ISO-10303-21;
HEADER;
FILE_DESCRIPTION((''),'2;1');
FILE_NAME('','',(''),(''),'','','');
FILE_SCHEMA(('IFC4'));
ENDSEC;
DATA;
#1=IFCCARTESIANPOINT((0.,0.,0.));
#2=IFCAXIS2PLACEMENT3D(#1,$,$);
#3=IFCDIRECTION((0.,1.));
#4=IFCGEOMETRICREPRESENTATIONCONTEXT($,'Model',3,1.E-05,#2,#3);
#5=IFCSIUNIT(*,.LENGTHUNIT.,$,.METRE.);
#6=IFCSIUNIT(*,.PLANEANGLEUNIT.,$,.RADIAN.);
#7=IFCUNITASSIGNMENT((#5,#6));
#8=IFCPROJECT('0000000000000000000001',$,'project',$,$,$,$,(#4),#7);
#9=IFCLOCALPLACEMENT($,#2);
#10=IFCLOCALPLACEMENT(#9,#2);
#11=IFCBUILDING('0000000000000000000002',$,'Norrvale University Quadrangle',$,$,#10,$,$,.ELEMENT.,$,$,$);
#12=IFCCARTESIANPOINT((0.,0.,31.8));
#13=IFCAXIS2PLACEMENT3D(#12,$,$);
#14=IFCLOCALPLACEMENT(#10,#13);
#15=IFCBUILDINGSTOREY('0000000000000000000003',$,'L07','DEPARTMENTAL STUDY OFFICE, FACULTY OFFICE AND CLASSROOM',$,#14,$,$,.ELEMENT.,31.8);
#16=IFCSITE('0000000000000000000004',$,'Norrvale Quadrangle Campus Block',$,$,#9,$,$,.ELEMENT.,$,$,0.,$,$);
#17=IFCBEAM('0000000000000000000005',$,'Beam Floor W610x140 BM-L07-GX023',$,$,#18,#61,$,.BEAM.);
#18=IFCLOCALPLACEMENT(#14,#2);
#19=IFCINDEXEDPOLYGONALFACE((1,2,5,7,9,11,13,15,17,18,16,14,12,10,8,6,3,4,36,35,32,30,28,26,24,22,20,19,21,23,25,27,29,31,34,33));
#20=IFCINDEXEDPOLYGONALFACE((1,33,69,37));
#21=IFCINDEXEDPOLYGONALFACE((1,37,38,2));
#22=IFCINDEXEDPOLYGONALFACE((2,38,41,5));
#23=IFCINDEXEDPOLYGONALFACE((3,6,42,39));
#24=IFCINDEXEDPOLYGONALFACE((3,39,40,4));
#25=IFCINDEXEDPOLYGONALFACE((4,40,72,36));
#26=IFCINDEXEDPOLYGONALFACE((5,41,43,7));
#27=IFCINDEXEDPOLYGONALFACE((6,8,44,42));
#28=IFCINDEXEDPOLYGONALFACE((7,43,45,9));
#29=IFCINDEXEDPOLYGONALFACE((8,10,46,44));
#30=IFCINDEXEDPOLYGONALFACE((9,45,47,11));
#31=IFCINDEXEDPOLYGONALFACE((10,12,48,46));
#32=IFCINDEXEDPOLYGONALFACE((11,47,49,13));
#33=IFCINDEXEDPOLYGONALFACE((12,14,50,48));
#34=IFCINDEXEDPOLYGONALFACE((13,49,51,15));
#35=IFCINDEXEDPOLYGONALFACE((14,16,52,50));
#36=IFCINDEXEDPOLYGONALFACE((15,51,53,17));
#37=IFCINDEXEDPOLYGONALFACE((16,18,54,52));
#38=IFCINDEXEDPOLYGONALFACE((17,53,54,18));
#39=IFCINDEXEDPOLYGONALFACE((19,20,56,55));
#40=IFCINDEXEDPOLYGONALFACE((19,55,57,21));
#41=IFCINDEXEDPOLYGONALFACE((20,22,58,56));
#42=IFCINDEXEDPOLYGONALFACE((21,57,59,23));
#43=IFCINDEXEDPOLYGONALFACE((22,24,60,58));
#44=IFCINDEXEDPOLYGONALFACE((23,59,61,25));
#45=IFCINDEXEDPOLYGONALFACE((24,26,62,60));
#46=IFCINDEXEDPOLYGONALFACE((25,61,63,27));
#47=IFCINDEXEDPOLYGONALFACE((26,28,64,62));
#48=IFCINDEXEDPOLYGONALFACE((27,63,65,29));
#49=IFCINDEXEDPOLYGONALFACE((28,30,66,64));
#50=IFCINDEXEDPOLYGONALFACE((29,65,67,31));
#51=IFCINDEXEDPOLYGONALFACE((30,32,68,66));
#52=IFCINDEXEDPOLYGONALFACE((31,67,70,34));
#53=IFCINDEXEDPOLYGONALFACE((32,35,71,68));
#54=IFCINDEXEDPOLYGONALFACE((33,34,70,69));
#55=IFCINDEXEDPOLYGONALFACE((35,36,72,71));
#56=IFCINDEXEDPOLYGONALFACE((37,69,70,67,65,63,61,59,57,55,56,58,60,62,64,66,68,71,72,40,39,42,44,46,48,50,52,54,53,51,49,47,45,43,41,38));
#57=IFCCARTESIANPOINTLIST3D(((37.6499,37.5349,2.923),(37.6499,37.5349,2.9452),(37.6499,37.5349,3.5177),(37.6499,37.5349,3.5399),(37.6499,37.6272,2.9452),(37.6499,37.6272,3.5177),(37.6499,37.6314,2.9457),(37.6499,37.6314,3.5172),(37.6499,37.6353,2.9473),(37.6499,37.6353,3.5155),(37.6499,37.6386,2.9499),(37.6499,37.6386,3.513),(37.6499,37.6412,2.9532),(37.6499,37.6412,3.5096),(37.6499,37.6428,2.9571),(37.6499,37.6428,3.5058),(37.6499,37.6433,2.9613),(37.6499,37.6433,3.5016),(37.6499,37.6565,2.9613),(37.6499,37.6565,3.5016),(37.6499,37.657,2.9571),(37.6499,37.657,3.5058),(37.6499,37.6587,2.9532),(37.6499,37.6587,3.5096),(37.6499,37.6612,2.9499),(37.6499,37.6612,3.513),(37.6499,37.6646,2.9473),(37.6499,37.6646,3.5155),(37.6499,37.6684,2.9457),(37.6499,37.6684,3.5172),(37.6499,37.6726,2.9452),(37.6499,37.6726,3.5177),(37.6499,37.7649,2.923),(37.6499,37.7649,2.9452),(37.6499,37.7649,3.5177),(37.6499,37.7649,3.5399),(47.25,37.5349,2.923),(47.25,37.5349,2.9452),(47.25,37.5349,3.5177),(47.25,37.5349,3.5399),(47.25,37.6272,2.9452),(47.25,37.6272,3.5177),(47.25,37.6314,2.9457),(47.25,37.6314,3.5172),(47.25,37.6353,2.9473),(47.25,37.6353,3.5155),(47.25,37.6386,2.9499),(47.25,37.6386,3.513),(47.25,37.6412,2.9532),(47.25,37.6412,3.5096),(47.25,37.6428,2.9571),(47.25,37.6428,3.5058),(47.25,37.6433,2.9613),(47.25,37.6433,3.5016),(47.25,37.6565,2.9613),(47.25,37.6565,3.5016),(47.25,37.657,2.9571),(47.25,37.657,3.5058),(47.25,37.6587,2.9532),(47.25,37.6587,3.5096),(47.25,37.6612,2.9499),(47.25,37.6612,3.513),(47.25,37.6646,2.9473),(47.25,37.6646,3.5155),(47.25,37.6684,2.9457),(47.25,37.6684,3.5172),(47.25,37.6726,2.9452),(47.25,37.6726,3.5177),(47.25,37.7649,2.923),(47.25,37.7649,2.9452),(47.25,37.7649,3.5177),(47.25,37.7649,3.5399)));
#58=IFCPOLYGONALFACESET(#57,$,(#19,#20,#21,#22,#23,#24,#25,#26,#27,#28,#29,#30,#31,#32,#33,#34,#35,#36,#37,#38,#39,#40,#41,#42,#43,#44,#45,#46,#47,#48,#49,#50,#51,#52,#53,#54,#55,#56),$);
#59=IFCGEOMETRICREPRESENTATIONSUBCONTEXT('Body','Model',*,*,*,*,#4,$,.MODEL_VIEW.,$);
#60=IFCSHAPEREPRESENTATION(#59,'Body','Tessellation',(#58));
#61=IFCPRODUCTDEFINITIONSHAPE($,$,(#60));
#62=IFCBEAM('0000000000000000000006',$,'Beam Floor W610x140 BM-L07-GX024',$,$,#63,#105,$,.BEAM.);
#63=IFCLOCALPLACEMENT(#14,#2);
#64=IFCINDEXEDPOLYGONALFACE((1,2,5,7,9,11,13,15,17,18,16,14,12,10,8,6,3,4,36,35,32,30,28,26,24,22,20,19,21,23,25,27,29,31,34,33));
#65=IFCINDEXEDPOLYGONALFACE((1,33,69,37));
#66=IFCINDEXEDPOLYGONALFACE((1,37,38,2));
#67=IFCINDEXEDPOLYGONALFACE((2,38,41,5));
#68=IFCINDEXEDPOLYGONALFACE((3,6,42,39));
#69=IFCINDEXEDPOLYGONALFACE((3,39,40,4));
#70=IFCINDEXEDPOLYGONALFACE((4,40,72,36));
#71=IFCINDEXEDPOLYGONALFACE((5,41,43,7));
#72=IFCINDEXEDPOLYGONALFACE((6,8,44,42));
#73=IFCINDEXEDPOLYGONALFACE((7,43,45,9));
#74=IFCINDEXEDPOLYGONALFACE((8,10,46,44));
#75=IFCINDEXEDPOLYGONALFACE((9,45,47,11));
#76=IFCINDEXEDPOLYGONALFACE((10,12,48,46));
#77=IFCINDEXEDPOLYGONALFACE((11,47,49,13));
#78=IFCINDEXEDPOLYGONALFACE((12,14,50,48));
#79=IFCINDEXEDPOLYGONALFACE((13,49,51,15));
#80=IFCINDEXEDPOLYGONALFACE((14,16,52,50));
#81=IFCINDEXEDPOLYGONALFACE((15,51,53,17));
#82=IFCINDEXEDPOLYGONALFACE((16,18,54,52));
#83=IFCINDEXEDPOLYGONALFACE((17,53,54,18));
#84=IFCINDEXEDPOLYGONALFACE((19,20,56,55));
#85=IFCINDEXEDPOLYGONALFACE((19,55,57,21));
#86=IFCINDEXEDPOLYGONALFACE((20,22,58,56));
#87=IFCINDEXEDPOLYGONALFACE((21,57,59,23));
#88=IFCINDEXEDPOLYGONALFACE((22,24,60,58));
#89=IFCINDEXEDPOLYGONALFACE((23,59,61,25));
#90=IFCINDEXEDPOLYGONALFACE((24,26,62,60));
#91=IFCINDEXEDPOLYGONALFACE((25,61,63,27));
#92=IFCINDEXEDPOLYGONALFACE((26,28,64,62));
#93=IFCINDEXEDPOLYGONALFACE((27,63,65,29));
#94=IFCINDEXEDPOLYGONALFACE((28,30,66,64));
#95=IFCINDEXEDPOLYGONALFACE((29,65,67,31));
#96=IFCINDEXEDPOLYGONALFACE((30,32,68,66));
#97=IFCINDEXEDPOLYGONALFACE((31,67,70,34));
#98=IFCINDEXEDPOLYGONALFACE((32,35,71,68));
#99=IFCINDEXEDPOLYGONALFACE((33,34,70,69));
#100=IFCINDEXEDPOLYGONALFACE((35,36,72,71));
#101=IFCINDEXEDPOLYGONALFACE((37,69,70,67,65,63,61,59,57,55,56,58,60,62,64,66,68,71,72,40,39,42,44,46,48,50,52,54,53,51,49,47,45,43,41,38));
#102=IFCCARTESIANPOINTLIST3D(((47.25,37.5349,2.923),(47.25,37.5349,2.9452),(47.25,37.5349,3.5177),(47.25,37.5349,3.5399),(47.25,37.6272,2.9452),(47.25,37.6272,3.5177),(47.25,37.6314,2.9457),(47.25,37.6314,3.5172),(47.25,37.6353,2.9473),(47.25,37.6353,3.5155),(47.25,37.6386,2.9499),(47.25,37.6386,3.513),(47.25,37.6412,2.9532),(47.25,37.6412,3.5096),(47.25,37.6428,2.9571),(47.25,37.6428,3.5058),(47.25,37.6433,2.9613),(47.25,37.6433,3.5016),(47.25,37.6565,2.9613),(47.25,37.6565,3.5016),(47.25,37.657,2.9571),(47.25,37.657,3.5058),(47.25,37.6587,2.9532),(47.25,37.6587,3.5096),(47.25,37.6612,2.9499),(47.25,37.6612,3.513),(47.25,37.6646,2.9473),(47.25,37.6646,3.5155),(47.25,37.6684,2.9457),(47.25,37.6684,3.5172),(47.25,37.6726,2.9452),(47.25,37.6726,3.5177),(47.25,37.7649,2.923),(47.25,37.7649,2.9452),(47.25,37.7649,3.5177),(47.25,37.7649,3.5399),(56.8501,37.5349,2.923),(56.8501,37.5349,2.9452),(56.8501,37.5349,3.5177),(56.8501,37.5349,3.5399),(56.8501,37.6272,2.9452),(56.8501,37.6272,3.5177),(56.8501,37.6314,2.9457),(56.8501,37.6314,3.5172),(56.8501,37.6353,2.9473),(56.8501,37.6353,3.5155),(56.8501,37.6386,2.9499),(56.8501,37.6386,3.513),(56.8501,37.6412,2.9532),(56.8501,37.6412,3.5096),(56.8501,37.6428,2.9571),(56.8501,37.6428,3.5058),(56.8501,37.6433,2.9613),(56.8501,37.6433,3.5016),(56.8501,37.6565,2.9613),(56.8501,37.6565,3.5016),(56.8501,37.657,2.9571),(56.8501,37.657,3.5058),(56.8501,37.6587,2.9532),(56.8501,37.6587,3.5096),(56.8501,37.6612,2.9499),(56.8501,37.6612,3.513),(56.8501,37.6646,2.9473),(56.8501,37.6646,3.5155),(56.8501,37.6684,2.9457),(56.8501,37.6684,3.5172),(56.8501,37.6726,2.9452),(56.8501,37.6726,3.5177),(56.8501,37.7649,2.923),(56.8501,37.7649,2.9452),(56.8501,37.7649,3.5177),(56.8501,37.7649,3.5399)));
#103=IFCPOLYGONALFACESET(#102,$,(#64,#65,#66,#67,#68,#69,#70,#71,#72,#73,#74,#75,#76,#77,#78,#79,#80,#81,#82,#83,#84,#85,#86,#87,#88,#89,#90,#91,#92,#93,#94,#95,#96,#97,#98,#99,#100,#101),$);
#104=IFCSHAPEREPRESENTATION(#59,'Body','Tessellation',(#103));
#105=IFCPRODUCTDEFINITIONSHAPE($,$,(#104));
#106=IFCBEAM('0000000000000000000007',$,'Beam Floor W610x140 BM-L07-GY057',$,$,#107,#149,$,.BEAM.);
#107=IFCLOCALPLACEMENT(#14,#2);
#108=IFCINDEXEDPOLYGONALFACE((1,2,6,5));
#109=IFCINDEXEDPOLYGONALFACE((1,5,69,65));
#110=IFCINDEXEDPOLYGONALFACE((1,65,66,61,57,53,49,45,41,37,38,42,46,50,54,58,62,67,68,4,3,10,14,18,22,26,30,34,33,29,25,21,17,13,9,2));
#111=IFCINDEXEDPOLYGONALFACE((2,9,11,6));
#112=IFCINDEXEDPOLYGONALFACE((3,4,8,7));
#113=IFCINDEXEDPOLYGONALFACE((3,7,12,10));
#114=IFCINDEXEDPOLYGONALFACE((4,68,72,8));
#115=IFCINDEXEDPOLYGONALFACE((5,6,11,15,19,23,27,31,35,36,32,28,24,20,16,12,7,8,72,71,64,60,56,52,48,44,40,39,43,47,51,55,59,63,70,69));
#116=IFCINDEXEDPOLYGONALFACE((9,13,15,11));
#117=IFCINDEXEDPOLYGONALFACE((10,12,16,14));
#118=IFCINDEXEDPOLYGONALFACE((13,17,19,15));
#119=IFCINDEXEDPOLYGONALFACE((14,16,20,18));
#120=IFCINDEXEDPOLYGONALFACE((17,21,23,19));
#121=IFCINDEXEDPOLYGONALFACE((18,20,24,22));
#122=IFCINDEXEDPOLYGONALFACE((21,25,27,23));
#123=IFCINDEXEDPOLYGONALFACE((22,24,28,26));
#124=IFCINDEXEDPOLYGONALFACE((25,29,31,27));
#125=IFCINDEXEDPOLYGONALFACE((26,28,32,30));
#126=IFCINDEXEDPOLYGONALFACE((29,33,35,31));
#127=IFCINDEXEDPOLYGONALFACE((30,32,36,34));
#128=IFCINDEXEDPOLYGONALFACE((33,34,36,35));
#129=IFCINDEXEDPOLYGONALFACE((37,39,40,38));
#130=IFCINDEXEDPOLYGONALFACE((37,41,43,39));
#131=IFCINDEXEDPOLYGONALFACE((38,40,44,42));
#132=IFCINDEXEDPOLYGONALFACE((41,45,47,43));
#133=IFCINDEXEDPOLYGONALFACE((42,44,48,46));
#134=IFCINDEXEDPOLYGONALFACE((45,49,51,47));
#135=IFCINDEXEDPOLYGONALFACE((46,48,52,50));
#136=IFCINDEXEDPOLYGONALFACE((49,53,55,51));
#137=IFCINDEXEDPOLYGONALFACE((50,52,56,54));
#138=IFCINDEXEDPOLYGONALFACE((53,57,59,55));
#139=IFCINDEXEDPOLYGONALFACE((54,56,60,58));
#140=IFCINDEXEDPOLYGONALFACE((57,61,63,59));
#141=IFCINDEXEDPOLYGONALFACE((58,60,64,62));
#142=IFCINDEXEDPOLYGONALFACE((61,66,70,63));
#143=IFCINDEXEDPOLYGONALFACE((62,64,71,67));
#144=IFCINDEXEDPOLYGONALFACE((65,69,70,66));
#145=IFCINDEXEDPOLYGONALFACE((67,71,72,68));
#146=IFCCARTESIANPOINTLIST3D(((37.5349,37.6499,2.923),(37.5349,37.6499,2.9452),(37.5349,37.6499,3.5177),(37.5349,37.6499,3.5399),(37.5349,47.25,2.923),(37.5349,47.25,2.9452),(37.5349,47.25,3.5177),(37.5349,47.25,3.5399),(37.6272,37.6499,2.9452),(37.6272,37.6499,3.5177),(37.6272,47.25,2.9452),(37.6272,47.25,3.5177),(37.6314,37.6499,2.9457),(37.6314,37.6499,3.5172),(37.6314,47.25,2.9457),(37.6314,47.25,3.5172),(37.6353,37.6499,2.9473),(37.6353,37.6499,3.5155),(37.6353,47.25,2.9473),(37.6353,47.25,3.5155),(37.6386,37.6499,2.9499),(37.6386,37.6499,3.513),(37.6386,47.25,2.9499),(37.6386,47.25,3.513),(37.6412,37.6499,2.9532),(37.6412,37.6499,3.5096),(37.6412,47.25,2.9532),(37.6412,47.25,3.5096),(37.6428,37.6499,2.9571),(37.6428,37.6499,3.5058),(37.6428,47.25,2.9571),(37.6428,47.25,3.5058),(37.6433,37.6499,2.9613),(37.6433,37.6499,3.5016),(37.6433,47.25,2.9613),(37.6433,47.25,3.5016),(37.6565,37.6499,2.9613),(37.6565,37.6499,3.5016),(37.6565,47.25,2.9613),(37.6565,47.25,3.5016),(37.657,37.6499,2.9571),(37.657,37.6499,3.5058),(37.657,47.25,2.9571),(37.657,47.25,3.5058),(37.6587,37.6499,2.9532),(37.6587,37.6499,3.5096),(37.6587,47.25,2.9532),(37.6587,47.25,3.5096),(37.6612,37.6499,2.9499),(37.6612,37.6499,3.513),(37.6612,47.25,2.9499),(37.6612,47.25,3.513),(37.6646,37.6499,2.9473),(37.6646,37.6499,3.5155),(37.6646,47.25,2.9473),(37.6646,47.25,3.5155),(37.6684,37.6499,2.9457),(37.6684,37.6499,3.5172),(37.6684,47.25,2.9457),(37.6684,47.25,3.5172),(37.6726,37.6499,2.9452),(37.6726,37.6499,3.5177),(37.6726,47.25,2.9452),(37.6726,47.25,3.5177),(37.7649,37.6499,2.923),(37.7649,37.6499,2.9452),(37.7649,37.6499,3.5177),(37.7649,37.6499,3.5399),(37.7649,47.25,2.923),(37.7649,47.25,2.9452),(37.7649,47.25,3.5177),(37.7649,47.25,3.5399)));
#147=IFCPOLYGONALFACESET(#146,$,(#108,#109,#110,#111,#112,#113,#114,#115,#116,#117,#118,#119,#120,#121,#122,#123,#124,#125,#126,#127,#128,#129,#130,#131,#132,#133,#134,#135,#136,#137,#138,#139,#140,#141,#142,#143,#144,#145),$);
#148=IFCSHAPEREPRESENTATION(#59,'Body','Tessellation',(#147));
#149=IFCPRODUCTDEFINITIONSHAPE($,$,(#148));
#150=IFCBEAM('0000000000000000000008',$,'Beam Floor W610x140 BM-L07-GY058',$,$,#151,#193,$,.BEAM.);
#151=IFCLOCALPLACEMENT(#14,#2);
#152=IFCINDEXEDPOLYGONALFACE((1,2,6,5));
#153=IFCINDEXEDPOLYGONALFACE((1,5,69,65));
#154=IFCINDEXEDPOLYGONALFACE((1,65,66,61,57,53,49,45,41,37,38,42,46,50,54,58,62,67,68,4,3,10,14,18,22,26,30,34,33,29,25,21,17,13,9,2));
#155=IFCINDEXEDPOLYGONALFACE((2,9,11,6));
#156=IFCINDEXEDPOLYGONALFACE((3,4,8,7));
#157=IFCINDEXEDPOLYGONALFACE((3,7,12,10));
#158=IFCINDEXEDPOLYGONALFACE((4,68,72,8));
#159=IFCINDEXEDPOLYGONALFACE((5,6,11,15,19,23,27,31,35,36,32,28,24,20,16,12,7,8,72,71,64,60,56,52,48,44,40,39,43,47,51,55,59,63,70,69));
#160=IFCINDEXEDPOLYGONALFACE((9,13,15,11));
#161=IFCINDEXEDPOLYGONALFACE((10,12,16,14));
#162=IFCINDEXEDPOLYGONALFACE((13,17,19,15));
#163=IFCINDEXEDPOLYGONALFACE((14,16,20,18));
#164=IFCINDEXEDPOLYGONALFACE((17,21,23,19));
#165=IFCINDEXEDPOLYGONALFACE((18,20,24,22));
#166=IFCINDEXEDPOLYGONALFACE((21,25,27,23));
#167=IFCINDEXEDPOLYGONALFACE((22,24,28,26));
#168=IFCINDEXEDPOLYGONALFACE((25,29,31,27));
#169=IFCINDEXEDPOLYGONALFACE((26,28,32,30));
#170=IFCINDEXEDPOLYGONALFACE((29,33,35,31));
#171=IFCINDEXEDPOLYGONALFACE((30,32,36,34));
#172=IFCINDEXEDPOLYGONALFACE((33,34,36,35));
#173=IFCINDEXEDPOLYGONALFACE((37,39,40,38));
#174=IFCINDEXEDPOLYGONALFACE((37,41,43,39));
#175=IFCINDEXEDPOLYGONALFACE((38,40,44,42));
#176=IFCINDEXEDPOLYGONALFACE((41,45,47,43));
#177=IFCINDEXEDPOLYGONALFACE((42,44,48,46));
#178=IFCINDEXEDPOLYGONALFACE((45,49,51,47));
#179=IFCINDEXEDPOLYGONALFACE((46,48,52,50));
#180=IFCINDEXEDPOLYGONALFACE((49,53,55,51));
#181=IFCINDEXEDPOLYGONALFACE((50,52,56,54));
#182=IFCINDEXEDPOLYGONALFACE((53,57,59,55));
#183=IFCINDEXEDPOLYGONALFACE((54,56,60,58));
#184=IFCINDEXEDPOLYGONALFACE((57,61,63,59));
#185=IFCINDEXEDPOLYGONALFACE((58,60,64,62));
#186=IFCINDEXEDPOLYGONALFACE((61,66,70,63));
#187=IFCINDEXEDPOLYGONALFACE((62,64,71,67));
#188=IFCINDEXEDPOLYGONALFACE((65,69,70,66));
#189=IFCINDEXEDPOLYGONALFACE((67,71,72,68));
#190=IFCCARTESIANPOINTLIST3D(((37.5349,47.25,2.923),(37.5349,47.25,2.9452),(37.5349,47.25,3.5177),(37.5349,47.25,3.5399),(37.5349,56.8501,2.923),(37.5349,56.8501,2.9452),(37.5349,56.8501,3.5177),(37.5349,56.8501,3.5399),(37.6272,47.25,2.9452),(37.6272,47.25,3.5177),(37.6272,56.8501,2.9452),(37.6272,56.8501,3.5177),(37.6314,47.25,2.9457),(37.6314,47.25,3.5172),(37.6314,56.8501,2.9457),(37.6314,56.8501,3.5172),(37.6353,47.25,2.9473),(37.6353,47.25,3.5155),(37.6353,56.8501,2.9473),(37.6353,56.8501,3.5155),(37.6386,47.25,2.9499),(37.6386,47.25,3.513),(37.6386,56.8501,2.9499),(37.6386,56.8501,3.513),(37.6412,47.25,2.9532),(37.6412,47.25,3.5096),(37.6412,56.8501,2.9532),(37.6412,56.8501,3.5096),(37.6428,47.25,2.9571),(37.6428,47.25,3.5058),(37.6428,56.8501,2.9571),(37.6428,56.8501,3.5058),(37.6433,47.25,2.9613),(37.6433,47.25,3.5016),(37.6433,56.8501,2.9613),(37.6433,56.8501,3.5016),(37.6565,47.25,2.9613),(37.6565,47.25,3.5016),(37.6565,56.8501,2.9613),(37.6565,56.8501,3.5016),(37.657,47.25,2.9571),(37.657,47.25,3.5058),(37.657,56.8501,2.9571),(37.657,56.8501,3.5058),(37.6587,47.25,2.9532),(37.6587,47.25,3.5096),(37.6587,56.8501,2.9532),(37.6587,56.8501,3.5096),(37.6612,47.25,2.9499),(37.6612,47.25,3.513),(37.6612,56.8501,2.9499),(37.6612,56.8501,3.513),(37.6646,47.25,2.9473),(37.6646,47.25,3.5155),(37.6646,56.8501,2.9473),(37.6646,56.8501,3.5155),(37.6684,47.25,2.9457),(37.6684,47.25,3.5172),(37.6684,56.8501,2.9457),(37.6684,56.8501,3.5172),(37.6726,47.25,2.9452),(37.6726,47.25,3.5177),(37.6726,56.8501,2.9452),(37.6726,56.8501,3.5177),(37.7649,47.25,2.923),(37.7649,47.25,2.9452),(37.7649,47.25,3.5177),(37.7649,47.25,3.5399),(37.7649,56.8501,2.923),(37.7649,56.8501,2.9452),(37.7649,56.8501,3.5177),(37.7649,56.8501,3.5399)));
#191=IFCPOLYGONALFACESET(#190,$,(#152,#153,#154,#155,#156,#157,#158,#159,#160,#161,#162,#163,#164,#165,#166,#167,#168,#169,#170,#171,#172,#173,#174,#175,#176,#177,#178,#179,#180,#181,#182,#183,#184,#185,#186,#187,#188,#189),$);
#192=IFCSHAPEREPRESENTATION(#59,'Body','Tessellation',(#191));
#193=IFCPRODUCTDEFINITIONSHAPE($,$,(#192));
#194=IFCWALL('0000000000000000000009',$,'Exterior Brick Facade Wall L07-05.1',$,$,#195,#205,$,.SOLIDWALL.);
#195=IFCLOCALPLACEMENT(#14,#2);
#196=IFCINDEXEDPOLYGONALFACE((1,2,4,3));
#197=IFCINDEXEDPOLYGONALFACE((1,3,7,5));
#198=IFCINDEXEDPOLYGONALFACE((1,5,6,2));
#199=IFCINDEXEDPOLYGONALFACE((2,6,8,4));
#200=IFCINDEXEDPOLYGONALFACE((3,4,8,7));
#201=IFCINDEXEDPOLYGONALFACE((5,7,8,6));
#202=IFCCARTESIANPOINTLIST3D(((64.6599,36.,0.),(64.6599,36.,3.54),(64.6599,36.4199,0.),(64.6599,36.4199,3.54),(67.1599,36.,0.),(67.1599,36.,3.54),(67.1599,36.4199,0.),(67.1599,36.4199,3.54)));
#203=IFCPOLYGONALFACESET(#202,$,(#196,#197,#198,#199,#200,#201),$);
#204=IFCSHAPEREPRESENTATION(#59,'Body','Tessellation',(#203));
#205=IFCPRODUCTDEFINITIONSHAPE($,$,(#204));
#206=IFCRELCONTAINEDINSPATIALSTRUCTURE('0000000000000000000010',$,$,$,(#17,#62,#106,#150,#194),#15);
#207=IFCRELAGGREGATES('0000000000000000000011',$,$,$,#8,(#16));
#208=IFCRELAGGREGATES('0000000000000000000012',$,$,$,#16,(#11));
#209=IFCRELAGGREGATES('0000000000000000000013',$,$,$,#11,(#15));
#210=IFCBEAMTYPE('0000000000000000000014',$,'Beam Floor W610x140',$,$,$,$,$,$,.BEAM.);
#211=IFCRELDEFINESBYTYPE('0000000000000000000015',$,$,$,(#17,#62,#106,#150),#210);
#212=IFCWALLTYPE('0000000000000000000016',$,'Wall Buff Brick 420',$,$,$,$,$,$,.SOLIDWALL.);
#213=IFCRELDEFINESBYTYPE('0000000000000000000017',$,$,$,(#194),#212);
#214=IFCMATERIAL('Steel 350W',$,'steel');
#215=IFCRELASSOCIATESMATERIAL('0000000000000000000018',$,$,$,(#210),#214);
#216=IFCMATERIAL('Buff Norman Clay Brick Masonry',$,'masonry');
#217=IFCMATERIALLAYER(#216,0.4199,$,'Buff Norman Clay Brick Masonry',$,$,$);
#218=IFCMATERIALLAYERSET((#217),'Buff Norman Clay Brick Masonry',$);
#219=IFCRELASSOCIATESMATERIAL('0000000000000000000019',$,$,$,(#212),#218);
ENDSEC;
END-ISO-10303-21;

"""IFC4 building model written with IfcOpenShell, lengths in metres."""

from ifc_helpers import new_model, si_unit, direction, frame, frame_2d, origin, origin_2d, place, context, subcontext, project, spatial, rectangle, i_section, extrude, material, layer, layer_set, material_profile, profile_set, type_object, element, save


model = new_model("IFC4")

# Units and contexts
model_context = context("Model", 3, precision=1e-05, world=origin(), true_north=direction((0.0, 1.0)))
body_context = subcontext(model_context, "Body", "Model", "MODEL_VIEW")
ifc_project = project(units=[si_unit("LENGTHUNIT", "METRE"), si_unit("PLANEANGLEUNIT", "RADIAN")], contexts=[model_context])

# Site, building, storey
site_placement = place(None, origin())
site = spatial("IfcSite", under=ifc_project, at=site_placement, Name="Norrvale Quadrangle Campus Block", CompositionType="ELEMENT", RefElevation=0.0)
building_placement = place(site_placement, origin())
building = spatial("IfcBuilding", under=site, at=building_placement, Name="Norrvale University Quadrangle", CompositionType="ELEMENT")
storey_placement = place(building_placement, frame((0.0, 0.0, 31.8)))
storey = spatial("IfcBuildingStorey", under=building, at=storey_placement, Name="L07", Description="DEPARTMENTAL STUDY OFFICE, FACULTY OFFICE AND CLASSROOM", CompositionType="ELEMENT", Elevation=31.8)

# Beams
ifc_material_1 = material(Name="Steel 350W", Category="steel")
ifc_material_profile_1 = material_profile(ifc_material_1, i_section(OverallWidth=0.23, OverallDepth=0.6169, WebThickness=0.0132, FlangeThickness=0.0222, FilletRadius=0.0161, at=origin_2d()), Name="Steel 350W")
ifc_profile_set_1 = profile_set([ifc_material_profile_1], Name="Steel 350W")
beam_type_1 = type_object("IfcBeamType", Name="Beam Floor W610x140", PredefinedType="BEAM", material=ifc_profile_set_1)
for number, where, z_axis, x_axis, name in (
    (1, (37.6499, 37.6499, 3.2314), (1.0, 0.0, 0.0), (0.0, 1.0, 0.0), "Beam Floor W610x140 BM-L07-GX023"),
    (2, (47.25, 37.6499, 3.2314), (1.0, 0.0, 0.0), (0.0, 1.0, 0.0), "Beam Floor W610x140 BM-L07-GX024"),
    (3, (37.6499, 37.6499, 3.2314), (0.0, 1.0, 0.0), (-1.0, 0.0, 0.0), "Beam Floor W610x140 BM-L07-GY057"),
    (4, (37.6499, 47.25, 3.2314), (0.0, 1.0, 0.0), (-1.0, 0.0, 0.0), "Beam Floor W610x140 BM-L07-GY058"),
):
    element("IfcBeam", number, at=place(storey_placement, frame(where, z_axis=z_axis, x_axis=x_axis)), inside=storey, type_object=beam_type_1, Name=name, PredefinedType="BEAM", context=body_context, shape_type="SweptSolid", body=[
        extrude(i_section(OverallWidth=0.23, OverallDepth=0.6169, WebThickness=0.0132, FlangeThickness=0.0222, FilletRadius=0.0161, at=origin_2d()), origin(), (0.0, 0.0, 1.0), 9.6001),
    ])

# Wall
ifc_material_2 = material(Name="Buff Norman Clay Brick Masonry", Category="masonry")
ifc_layer = layer(ifc_material_2, 0.4199, Name="Buff Norman Clay Brick Masonry")
ifc_layer_set = layer_set([ifc_layer], Name="Buff Norman Clay Brick Masonry")
wall_type = type_object("IfcWallType", Name="Wall Buff Brick 420", PredefinedType="SOLIDWALL", material=ifc_layer_set)
for number, where, z_axis, x_axis, name in (
    (5, (67.1599, 36.21, 0.0), (0.0, 0.0, 1.0), (-1.0, 0.0, 0.0), "Exterior Brick Facade Wall L07-05.1"),
):
    element("IfcWall", number, at=place(storey_placement, frame(where, z_axis=z_axis, x_axis=x_axis)), inside=storey, type_object=wall_type, Name=name, PredefinedType="SOLIDWALL", context=body_context, shape_type="SweptSolid", body=[
        extrude(rectangle(XDim=2.5, YDim=0.4199, at=frame_2d((1.25, 0.0))), origin(), (0.0, 0.0, 1.0), 3.54),
    ])

save(model, "model.ifc")
